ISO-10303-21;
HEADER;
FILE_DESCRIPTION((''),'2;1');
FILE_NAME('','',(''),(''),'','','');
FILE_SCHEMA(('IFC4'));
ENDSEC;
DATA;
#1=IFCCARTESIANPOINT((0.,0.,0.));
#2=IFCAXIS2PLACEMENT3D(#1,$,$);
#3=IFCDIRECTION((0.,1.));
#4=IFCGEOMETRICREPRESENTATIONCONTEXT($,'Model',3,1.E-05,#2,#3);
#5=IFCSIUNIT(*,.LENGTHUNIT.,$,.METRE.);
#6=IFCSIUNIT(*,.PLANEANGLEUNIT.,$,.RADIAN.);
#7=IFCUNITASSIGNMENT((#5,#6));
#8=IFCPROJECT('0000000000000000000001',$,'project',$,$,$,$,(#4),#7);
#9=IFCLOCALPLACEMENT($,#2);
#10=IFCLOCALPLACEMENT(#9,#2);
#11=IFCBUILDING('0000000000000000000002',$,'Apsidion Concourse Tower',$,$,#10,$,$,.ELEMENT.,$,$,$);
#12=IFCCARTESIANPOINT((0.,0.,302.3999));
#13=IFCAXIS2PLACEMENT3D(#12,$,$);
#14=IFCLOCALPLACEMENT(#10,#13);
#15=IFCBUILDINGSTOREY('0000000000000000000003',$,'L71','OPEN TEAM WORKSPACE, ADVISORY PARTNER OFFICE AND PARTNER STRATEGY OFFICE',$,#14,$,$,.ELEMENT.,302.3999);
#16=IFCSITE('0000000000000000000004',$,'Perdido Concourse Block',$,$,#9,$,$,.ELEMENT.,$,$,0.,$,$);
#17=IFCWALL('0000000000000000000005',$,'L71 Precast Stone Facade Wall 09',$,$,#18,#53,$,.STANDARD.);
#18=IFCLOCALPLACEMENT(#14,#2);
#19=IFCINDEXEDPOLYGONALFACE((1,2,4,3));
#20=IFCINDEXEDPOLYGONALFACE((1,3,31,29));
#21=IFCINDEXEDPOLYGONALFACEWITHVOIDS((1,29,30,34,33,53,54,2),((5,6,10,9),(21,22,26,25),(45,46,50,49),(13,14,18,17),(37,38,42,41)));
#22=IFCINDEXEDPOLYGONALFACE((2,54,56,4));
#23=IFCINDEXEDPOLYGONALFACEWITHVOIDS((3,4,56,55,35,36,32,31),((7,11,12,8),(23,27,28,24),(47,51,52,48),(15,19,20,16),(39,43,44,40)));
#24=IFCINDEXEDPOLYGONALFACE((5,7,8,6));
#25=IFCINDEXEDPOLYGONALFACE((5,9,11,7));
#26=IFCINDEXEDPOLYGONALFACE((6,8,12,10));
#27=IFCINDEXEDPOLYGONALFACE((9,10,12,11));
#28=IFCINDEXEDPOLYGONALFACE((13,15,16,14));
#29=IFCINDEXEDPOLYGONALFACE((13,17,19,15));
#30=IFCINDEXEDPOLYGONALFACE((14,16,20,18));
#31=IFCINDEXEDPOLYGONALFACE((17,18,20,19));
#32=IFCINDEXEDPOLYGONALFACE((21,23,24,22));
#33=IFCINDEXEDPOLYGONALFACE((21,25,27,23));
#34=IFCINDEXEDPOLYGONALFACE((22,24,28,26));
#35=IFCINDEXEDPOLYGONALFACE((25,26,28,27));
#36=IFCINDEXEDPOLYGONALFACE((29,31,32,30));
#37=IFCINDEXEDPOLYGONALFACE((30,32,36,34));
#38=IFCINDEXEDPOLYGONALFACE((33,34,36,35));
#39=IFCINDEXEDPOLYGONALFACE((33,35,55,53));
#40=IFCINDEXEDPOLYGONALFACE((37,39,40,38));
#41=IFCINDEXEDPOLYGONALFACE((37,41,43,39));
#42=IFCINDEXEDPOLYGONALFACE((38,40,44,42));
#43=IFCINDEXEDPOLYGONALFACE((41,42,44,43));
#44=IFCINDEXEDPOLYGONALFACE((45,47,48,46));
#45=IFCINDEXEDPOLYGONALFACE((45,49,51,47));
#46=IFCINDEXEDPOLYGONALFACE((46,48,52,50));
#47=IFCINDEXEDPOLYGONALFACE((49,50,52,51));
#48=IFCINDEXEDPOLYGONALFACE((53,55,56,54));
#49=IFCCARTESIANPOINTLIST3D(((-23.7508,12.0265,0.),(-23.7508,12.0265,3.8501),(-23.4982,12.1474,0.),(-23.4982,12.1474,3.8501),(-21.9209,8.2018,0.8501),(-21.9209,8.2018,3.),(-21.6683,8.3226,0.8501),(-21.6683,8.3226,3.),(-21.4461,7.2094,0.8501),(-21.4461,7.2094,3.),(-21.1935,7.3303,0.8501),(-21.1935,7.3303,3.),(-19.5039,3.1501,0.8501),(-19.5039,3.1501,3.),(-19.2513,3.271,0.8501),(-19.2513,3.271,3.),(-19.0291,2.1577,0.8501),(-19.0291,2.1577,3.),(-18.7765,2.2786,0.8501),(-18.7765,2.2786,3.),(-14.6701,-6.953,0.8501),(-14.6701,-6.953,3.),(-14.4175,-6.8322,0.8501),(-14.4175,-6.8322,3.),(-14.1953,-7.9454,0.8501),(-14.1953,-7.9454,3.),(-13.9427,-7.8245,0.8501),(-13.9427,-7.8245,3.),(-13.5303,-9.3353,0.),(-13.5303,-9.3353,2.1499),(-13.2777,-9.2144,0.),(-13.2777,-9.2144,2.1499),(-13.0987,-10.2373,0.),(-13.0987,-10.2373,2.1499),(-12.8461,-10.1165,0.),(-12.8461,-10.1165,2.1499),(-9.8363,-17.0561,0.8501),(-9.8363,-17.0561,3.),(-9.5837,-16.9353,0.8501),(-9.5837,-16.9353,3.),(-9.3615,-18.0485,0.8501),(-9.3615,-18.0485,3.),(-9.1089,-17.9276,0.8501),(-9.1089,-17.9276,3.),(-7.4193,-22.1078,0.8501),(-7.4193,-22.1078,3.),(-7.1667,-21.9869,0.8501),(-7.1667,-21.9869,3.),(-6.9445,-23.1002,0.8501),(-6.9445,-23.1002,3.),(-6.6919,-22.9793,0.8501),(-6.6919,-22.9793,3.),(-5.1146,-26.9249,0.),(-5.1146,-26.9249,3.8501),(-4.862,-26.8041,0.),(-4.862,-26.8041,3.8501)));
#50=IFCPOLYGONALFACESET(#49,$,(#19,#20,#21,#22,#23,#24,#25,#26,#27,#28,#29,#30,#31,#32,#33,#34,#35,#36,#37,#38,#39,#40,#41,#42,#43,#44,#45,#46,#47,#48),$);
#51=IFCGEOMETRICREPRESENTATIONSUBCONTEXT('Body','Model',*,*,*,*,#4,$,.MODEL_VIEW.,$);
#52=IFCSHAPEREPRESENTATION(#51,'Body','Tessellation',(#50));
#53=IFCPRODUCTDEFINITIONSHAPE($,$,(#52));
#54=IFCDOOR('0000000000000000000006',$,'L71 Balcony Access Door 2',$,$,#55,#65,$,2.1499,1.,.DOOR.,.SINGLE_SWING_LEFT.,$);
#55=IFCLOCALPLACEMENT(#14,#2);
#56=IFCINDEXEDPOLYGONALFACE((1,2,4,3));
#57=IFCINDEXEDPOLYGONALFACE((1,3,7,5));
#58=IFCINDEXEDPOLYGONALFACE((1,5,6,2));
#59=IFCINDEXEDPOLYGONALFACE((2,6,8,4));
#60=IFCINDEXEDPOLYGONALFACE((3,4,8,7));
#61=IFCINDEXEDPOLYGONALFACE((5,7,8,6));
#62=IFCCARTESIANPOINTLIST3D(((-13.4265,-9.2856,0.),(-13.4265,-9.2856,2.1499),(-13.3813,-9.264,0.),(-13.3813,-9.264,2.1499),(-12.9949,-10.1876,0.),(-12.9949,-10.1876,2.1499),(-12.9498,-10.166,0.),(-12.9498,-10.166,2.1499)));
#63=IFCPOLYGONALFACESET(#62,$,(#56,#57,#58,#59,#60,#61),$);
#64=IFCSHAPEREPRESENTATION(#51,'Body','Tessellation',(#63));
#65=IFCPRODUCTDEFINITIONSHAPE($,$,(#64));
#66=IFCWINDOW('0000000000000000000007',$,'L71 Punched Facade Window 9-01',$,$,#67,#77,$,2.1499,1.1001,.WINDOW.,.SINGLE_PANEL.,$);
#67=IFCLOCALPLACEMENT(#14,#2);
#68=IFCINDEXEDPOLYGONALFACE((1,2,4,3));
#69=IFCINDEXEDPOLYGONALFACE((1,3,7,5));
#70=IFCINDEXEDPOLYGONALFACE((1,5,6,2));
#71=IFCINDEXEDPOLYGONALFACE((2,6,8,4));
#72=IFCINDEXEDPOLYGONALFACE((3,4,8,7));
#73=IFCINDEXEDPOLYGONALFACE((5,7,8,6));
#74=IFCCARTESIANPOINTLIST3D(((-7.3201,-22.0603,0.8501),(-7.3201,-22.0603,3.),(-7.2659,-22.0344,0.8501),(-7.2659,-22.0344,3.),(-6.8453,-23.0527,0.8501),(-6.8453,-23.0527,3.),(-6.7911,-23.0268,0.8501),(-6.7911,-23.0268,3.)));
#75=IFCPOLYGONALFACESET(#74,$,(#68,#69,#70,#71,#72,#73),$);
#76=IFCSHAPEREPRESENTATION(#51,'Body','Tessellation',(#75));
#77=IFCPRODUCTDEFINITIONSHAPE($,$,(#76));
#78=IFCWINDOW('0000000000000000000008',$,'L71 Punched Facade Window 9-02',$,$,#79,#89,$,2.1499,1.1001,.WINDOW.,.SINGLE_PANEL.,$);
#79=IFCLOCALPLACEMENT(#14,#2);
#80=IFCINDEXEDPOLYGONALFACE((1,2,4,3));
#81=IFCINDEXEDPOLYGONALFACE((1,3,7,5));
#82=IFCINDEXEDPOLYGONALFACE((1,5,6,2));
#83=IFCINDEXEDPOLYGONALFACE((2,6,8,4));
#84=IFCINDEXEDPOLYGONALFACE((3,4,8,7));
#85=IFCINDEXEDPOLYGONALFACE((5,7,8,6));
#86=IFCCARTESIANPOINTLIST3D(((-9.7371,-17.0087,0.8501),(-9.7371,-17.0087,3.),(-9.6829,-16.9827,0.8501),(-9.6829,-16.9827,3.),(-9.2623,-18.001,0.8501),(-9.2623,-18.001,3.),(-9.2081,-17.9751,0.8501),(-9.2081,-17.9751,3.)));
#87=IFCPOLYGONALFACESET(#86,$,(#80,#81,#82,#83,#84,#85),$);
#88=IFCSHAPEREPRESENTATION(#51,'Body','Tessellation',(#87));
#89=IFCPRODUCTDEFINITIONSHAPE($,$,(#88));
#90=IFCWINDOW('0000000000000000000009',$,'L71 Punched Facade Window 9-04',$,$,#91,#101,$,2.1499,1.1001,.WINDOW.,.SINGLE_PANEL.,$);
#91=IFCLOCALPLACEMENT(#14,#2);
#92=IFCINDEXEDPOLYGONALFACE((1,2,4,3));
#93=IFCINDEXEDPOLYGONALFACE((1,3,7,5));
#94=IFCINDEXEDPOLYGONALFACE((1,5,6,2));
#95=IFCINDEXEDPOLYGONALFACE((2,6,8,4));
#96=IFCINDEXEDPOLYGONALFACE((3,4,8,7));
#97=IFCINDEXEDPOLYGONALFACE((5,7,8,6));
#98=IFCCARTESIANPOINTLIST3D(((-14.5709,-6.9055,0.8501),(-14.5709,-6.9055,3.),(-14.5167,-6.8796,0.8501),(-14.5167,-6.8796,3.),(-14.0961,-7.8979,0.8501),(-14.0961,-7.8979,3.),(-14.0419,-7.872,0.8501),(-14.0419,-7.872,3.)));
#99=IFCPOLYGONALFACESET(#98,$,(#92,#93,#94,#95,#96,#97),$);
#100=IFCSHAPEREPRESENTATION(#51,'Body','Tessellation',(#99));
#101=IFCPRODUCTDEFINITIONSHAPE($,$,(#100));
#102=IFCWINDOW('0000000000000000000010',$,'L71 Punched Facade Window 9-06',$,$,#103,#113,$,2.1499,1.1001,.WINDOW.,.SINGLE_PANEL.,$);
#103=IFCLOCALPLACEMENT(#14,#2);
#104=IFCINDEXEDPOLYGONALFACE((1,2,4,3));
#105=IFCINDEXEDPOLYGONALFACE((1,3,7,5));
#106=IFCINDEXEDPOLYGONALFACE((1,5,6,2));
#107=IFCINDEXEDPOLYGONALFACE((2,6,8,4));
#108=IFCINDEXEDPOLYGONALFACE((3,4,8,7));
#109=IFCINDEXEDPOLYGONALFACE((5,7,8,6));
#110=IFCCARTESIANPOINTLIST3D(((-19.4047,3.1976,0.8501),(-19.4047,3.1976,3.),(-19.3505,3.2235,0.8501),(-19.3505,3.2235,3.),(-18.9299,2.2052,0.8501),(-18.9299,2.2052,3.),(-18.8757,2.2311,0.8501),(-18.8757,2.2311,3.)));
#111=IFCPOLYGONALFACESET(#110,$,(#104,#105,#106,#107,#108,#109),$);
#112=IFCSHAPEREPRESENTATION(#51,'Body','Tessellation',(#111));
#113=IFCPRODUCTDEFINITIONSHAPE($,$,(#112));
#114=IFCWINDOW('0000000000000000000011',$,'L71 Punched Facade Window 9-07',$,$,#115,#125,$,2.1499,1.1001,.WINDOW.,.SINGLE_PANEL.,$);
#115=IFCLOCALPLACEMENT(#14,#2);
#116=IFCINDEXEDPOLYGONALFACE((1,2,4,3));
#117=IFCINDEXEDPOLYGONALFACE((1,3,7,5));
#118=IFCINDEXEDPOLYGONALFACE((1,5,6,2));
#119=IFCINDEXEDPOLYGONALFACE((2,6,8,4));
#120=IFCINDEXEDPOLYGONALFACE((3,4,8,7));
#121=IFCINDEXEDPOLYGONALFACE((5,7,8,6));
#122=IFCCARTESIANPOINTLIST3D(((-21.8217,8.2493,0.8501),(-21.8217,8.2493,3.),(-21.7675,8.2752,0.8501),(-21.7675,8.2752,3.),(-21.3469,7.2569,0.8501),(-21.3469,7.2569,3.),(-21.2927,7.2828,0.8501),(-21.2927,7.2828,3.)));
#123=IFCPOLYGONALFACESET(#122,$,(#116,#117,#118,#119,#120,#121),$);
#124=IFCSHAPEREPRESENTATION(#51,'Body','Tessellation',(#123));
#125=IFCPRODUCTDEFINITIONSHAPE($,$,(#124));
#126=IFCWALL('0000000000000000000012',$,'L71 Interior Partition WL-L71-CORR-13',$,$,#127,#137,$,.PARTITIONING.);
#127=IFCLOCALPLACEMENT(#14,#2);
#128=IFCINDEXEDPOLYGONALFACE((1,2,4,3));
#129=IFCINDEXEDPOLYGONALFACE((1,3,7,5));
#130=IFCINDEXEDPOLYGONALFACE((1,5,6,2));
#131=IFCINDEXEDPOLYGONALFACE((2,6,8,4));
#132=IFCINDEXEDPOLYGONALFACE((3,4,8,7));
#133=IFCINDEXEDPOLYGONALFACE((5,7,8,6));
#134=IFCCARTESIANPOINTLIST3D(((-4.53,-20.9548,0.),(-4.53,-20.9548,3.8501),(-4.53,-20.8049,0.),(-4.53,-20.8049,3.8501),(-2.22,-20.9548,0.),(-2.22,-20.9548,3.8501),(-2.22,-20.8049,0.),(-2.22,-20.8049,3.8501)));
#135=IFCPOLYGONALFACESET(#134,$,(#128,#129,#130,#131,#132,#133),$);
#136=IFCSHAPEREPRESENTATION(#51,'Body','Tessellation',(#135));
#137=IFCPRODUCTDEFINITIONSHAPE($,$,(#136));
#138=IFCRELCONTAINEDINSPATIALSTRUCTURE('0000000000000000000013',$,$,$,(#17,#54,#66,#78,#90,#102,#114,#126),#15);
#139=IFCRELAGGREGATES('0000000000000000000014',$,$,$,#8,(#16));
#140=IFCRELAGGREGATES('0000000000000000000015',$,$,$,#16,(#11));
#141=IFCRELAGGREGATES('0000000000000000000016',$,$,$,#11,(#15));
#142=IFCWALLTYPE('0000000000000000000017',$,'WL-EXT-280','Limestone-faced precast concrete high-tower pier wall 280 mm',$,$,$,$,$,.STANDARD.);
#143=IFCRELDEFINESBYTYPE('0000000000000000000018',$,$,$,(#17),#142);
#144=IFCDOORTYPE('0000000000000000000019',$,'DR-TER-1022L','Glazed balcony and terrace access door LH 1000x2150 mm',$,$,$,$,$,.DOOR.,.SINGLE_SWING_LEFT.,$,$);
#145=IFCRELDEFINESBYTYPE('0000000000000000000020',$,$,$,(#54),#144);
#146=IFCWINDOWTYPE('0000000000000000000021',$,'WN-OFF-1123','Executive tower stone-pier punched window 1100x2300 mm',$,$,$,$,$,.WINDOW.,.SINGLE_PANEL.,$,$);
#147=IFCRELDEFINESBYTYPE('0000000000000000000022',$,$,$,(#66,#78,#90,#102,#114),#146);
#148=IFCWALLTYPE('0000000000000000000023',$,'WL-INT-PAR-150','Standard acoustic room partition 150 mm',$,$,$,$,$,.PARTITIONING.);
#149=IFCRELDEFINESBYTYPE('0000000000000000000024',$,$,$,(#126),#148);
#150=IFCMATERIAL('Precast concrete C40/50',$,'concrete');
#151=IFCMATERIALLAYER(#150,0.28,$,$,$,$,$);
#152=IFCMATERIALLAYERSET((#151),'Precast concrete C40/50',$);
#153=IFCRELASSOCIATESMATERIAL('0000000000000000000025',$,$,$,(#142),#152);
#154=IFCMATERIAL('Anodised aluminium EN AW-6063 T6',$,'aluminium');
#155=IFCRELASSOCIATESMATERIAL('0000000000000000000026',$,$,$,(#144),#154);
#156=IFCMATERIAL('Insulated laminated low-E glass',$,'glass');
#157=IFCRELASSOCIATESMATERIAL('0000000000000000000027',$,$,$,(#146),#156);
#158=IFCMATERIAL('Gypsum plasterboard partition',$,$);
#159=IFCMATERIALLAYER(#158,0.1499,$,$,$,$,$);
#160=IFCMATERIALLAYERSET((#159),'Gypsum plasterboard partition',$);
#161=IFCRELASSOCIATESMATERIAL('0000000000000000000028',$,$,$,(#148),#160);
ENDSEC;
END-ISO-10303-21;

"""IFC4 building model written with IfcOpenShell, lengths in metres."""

from ifc_helpers import new_model, si_unit, direction, frame, frame_2d, origin, place, context, subcontext, project, spatial, rectangle, extrude, material, layer, layer_set, type_object, element, fill, save


model = new_model("IFC4")

# Units and contexts
model_context = context("Model", 3, precision=1e-05, world=origin(), true_north=direction((0.0, 1.0)))
body_context = subcontext(model_context, "Body", "Model", "MODEL_VIEW")
ifc_project = project(units=[si_unit("LENGTHUNIT", "METRE"), si_unit("PLANEANGLEUNIT", "RADIAN")], contexts=[model_context])

# Site, building, storey
site_placement = place(None, origin())
site = spatial("IfcSite", under=ifc_project, at=site_placement, Name="Perdido Concourse Block", CompositionType="ELEMENT", RefElevation=0.0)
building_placement = place(site_placement, origin())
building = spatial("IfcBuilding", under=site, at=building_placement, Name="Apsidion Concourse Tower", CompositionType="ELEMENT")
storey_placement = place(building_placement, frame((0.0, 0.0, 302.3999)))
storey = spatial("IfcBuildingStorey", under=building, at=storey_placement, Name="L71", Description="OPEN TEAM WORKSPACE, ADVISORY PARTNER OFFICE AND PARTNER STRATEGY OFFICE", CompositionType="ELEMENT", Elevation=302.3999)

# Shared definitions
ifc_material_1 = material(Name="Precast concrete C40/50", Category="concrete")
ifc_layer_1 = layer(ifc_material_1, 0.28)
ifc_layer_set_1 = layer_set([ifc_layer_1], Name="Precast concrete C40/50")
wall_type_1 = type_object("IfcWallType", Name="WL-EXT-280", Description="Limestone-faced precast concrete high-tower pier wall 280 mm", PredefinedType="STANDARD", material=ifc_layer_set_1)

# Wall, openings, door, windows
wall_1_placement = place(storey_placement, frame((-4.9883, -26.8645, 0.0), z_axis=(0.0, 0.0, 1.0), x_axis=(-0.431593, 0.902068, 0.0)))
wall_1 = element("IfcWall", 1, at=wall_1_placement, inside=storey, type_object=wall_type_1, Name="L71 Precast Stone Facade Wall 09", PredefinedType="STANDARD", context=body_context, shape_type="SweptSolid", body=[
    extrude(rectangle(XDim=43.1802, YDim=0.28, at=frame_2d((21.5901, 0.0))), origin(), (0.0, 0.0, 1.0), 3.8501),
])
opening_1_placement = place(wall_1_placement, frame((18.4993, 0.0, 0.0)))
opening_1 = element("IfcOpeningElement", 2, at=opening_1_placement, cuts=wall_1, PredefinedType="OPENING", context=body_context, shape_type="SweptSolid", body=[
    extrude(rectangle(XDim=1.0, YDim=2.1499, at=frame_2d((0.5, 1.075))), frame((0.0, 0.1499, 0.0), z_axis=(0.0, -1.0, 0.0), x_axis=(1.0, 0.0, 0.0)), (0.0, 0.0, 1.0), 0.3),
])
opening_2_placement = place(wall_1_placement, frame((4.24, 0.0, 0.8501)))
opening_2 = element("IfcOpeningElement", 3, at=opening_2_placement, cuts=wall_1, PredefinedType="OPENING", context=body_context, shape_type="SweptSolid", body=[
    extrude(rectangle(XDim=1.1001, YDim=2.1499, at=frame_2d((0.55, 1.075))), frame((0.0, 0.1499, 0.0), z_axis=(0.0, -1.0, 0.0), x_axis=(1.0, 0.0, 0.0)), (0.0, 0.0, 1.0), 0.3),
])
opening_3_placement = place(wall_1_placement, frame((9.8401, 0.0, 0.8501)))
opening_3 = element("IfcOpeningElement", 4, at=opening_3_placement, cuts=wall_1, PredefinedType="OPENING", context=body_context, shape_type="SweptSolid", body=[
    extrude(rectangle(XDim=1.1001, YDim=2.1499, at=frame_2d((0.55, 1.075))), frame((0.0, 0.1499, 0.0), z_axis=(0.0, -1.0, 0.0), x_axis=(1.0, 0.0, 0.0)), (0.0, 0.0, 1.0), 0.3),
])
opening_4_placement = place(wall_1_placement, frame((21.04, 0.0, 0.8501)))
opening_4 = element("IfcOpeningElement", 5, at=opening_4_placement, cuts=wall_1, PredefinedType="OPENING", context=body_context, shape_type="SweptSolid", body=[
    extrude(rectangle(XDim=1.1001, YDim=2.1499, at=frame_2d((0.55, 1.075))), frame((0.0, 0.1499, 0.0), z_axis=(0.0, -1.0, 0.0), x_axis=(1.0, 0.0, 0.0)), (0.0, 0.0, 1.0), 0.3),
])
opening_5_placement = place(wall_1_placement, frame((32.24, 0.0, 0.8501)))
opening_5 = element("IfcOpeningElement", 6, at=opening_5_placement, cuts=wall_1, PredefinedType="OPENING", context=body_context, shape_type="SweptSolid", body=[
    extrude(rectangle(XDim=1.1001, YDim=2.1499, at=frame_2d((0.55, 1.075))), frame((0.0, 0.1499, 0.0), z_axis=(0.0, -1.0, 0.0), x_axis=(1.0, 0.0, 0.0)), (0.0, 0.0, 1.0), 0.3),
])
opening_6_placement = place(wall_1_placement, frame((37.8401, 0.0, 0.8501)))
opening_6 = element("IfcOpeningElement", 7, at=opening_6_placement, cuts=wall_1, PredefinedType="OPENING", context=body_context, shape_type="SweptSolid", body=[
    extrude(rectangle(XDim=1.1001, YDim=2.1499, at=frame_2d((0.55, 1.075))), frame((0.0, 0.1499, 0.0), z_axis=(0.0, -1.0, 0.0), x_axis=(1.0, 0.0, 0.0)), (0.0, 0.0, 1.0), 0.3),
])
ifc_material_2 = material(Name="Anodised aluminium EN AW-6063 T6", Category="aluminium")
door_type_1 = type_object("IfcDoorType", Name="DR-TER-1022L", Description="Glazed balcony and terrace access door LH 1000x2150 mm", OperationType="SINGLE_SWING_LEFT", PredefinedType="DOOR", material=ifc_material_2)
door_1_placement = place(opening_1_placement, origin())
door_1 = element("IfcDoor", 8, at=door_1_placement, inside=storey, type_object=door_type_1, Name="L71 Balcony Access Door 2", OperationType="SINGLE_SWING_LEFT", OverallHeight=2.1499, OverallWidth=1.0, PredefinedType="DOOR", context=body_context, shape_type="SweptSolid", body=[
    extrude(rectangle(XDim=1.0, YDim=2.1499, at=frame_2d((0.5, 1.075))), frame((0.0, 0.0249, 0.0), z_axis=(0.0, -1.0, 0.0), x_axis=(1.0, 0.0, 0.0)), (0.0, 0.0, 1.0), 0.05),
])
fill(opening_1, door_1)
ifc_material_3 = material(Name="Insulated laminated low-E glass", Category="glass")
window_type = type_object("IfcWindowType", Name="WN-OFF-1123", Description="Executive tower stone-pier punched window 1100x2300 mm", PartitioningType="SINGLE_PANEL", PredefinedType="WINDOW", material=ifc_material_3)
window_1_placement = place(opening_2_placement, origin())
window_1 = element("IfcWindow", 9, at=window_1_placement, inside=storey, type_object=window_type, Name="L71 Punched Facade Window 9-01", OverallHeight=2.1499, OverallWidth=1.1001, PartitioningType="SINGLE_PANEL", PredefinedType="WINDOW", context=body_context, shape_type="SweptSolid", body=[
    extrude(rectangle(XDim=1.1001, YDim=2.1499, at=frame_2d((0.55, 1.075))), frame((0.0, 0.03, 0.0), z_axis=(0.0, -1.0, 0.0), x_axis=(1.0, 0.0, 0.0)), (0.0, 0.0, 1.0), 0.0601),
])
fill(opening_2, window_1)
window_2_placement = place(opening_3_placement, origin())
window_2 = element("IfcWindow", 10, at=window_2_placement, inside=storey, type_object=window_type, Name="L71 Punched Facade Window 9-02", OverallHeight=2.1499, OverallWidth=1.1001, PartitioningType="SINGLE_PANEL", PredefinedType="WINDOW", context=body_context, shape_type="SweptSolid", body=[
    extrude(rectangle(XDim=1.1001, YDim=2.1499, at=frame_2d((0.55, 1.075))), frame((0.0, 0.03, 0.0), z_axis=(0.0, -1.0, 0.0), x_axis=(1.0, 0.0, 0.0)), (0.0, 0.0, 1.0), 0.0601),
])
fill(opening_3, window_2)
window_3_placement = place(opening_4_placement, origin())
window_3 = element("IfcWindow", 11, at=window_3_placement, inside=storey, type_object=window_type, Name="L71 Punched Facade Window 9-04", OverallHeight=2.1499, OverallWidth=1.1001, PartitioningType="SINGLE_PANEL", PredefinedType="WINDOW", context=body_context, shape_type="SweptSolid", body=[
    extrude(rectangle(XDim=1.1001, YDim=2.1499, at=frame_2d((0.55, 1.075))), frame((0.0, 0.03, 0.0), z_axis=(0.0, -1.0, 0.0), x_axis=(1.0, 0.0, 0.0)), (0.0, 0.0, 1.0), 0.0601),
])
fill(opening_4, window_3)
window_4_placement = place(opening_5_placement, origin())
window_4 = element("IfcWindow", 12, at=window_4_placement, inside=storey, type_object=window_type, Name="L71 Punched Facade Window 9-06", OverallHeight=2.1499, OverallWidth=1.1001, PartitioningType="SINGLE_PANEL", PredefinedType="WINDOW", context=body_context, shape_type="SweptSolid", body=[
    extrude(rectangle(XDim=1.1001, YDim=2.1499, at=frame_2d((0.55, 1.075))), frame((0.0, 0.03, 0.0), z_axis=(0.0, -1.0, 0.0), x_axis=(1.0, 0.0, 0.0)), (0.0, 0.0, 1.0), 0.0601),
])
fill(opening_5, window_4)
window_5_placement = place(opening_6_placement, origin())
window_5 = element("IfcWindow", 13, at=window_5_placement, inside=storey, type_object=window_type, Name="L71 Punched Facade Window 9-07", OverallHeight=2.1499, OverallWidth=1.1001, PartitioningType="SINGLE_PANEL", PredefinedType="WINDOW", context=body_context, shape_type="SweptSolid", body=[
    extrude(rectangle(XDim=1.1001, YDim=2.1499, at=frame_2d((0.55, 1.075))), frame((0.0, 0.03, 0.0), z_axis=(0.0, -1.0, 0.0), x_axis=(1.0, 0.0, 0.0)), (0.0, 0.0, 1.0), 0.0601),
])
fill(opening_6, window_5)

# Wall
ifc_material_4 = material(Name="Gypsum plasterboard partition")
ifc_layer_2 = layer(ifc_material_4, 0.1499)
ifc_layer_set_2 = layer_set([ifc_layer_2], Name="Gypsum plasterboard partition")
wall_type_2 = type_object("IfcWallType", Name="WL-INT-PAR-150", Description="Standard acoustic room partition 150 mm", PredefinedType="PARTITIONING", material=ifc_layer_set_2)
wall_2_placement = place(storey_placement, frame((-2.22, -20.8799, 0.0), z_axis=(0.0, 0.0, 1.0), x_axis=(-1.0, 0.0, 0.0)))
element("IfcWall", 14, at=wall_2_placement, inside=storey, type_object=wall_type_2, Name="L71 Interior Partition WL-L71-CORR-13", PredefinedType="PARTITIONING", context=body_context, shape_type="SweptSolid", body=[
    extrude(rectangle(XDim=2.3101, YDim=0.1499, at=frame_2d((1.155, 0.0))), origin(), (0.0, 0.0, 1.0), 3.8501),
])

save(model, "model.ifc")
